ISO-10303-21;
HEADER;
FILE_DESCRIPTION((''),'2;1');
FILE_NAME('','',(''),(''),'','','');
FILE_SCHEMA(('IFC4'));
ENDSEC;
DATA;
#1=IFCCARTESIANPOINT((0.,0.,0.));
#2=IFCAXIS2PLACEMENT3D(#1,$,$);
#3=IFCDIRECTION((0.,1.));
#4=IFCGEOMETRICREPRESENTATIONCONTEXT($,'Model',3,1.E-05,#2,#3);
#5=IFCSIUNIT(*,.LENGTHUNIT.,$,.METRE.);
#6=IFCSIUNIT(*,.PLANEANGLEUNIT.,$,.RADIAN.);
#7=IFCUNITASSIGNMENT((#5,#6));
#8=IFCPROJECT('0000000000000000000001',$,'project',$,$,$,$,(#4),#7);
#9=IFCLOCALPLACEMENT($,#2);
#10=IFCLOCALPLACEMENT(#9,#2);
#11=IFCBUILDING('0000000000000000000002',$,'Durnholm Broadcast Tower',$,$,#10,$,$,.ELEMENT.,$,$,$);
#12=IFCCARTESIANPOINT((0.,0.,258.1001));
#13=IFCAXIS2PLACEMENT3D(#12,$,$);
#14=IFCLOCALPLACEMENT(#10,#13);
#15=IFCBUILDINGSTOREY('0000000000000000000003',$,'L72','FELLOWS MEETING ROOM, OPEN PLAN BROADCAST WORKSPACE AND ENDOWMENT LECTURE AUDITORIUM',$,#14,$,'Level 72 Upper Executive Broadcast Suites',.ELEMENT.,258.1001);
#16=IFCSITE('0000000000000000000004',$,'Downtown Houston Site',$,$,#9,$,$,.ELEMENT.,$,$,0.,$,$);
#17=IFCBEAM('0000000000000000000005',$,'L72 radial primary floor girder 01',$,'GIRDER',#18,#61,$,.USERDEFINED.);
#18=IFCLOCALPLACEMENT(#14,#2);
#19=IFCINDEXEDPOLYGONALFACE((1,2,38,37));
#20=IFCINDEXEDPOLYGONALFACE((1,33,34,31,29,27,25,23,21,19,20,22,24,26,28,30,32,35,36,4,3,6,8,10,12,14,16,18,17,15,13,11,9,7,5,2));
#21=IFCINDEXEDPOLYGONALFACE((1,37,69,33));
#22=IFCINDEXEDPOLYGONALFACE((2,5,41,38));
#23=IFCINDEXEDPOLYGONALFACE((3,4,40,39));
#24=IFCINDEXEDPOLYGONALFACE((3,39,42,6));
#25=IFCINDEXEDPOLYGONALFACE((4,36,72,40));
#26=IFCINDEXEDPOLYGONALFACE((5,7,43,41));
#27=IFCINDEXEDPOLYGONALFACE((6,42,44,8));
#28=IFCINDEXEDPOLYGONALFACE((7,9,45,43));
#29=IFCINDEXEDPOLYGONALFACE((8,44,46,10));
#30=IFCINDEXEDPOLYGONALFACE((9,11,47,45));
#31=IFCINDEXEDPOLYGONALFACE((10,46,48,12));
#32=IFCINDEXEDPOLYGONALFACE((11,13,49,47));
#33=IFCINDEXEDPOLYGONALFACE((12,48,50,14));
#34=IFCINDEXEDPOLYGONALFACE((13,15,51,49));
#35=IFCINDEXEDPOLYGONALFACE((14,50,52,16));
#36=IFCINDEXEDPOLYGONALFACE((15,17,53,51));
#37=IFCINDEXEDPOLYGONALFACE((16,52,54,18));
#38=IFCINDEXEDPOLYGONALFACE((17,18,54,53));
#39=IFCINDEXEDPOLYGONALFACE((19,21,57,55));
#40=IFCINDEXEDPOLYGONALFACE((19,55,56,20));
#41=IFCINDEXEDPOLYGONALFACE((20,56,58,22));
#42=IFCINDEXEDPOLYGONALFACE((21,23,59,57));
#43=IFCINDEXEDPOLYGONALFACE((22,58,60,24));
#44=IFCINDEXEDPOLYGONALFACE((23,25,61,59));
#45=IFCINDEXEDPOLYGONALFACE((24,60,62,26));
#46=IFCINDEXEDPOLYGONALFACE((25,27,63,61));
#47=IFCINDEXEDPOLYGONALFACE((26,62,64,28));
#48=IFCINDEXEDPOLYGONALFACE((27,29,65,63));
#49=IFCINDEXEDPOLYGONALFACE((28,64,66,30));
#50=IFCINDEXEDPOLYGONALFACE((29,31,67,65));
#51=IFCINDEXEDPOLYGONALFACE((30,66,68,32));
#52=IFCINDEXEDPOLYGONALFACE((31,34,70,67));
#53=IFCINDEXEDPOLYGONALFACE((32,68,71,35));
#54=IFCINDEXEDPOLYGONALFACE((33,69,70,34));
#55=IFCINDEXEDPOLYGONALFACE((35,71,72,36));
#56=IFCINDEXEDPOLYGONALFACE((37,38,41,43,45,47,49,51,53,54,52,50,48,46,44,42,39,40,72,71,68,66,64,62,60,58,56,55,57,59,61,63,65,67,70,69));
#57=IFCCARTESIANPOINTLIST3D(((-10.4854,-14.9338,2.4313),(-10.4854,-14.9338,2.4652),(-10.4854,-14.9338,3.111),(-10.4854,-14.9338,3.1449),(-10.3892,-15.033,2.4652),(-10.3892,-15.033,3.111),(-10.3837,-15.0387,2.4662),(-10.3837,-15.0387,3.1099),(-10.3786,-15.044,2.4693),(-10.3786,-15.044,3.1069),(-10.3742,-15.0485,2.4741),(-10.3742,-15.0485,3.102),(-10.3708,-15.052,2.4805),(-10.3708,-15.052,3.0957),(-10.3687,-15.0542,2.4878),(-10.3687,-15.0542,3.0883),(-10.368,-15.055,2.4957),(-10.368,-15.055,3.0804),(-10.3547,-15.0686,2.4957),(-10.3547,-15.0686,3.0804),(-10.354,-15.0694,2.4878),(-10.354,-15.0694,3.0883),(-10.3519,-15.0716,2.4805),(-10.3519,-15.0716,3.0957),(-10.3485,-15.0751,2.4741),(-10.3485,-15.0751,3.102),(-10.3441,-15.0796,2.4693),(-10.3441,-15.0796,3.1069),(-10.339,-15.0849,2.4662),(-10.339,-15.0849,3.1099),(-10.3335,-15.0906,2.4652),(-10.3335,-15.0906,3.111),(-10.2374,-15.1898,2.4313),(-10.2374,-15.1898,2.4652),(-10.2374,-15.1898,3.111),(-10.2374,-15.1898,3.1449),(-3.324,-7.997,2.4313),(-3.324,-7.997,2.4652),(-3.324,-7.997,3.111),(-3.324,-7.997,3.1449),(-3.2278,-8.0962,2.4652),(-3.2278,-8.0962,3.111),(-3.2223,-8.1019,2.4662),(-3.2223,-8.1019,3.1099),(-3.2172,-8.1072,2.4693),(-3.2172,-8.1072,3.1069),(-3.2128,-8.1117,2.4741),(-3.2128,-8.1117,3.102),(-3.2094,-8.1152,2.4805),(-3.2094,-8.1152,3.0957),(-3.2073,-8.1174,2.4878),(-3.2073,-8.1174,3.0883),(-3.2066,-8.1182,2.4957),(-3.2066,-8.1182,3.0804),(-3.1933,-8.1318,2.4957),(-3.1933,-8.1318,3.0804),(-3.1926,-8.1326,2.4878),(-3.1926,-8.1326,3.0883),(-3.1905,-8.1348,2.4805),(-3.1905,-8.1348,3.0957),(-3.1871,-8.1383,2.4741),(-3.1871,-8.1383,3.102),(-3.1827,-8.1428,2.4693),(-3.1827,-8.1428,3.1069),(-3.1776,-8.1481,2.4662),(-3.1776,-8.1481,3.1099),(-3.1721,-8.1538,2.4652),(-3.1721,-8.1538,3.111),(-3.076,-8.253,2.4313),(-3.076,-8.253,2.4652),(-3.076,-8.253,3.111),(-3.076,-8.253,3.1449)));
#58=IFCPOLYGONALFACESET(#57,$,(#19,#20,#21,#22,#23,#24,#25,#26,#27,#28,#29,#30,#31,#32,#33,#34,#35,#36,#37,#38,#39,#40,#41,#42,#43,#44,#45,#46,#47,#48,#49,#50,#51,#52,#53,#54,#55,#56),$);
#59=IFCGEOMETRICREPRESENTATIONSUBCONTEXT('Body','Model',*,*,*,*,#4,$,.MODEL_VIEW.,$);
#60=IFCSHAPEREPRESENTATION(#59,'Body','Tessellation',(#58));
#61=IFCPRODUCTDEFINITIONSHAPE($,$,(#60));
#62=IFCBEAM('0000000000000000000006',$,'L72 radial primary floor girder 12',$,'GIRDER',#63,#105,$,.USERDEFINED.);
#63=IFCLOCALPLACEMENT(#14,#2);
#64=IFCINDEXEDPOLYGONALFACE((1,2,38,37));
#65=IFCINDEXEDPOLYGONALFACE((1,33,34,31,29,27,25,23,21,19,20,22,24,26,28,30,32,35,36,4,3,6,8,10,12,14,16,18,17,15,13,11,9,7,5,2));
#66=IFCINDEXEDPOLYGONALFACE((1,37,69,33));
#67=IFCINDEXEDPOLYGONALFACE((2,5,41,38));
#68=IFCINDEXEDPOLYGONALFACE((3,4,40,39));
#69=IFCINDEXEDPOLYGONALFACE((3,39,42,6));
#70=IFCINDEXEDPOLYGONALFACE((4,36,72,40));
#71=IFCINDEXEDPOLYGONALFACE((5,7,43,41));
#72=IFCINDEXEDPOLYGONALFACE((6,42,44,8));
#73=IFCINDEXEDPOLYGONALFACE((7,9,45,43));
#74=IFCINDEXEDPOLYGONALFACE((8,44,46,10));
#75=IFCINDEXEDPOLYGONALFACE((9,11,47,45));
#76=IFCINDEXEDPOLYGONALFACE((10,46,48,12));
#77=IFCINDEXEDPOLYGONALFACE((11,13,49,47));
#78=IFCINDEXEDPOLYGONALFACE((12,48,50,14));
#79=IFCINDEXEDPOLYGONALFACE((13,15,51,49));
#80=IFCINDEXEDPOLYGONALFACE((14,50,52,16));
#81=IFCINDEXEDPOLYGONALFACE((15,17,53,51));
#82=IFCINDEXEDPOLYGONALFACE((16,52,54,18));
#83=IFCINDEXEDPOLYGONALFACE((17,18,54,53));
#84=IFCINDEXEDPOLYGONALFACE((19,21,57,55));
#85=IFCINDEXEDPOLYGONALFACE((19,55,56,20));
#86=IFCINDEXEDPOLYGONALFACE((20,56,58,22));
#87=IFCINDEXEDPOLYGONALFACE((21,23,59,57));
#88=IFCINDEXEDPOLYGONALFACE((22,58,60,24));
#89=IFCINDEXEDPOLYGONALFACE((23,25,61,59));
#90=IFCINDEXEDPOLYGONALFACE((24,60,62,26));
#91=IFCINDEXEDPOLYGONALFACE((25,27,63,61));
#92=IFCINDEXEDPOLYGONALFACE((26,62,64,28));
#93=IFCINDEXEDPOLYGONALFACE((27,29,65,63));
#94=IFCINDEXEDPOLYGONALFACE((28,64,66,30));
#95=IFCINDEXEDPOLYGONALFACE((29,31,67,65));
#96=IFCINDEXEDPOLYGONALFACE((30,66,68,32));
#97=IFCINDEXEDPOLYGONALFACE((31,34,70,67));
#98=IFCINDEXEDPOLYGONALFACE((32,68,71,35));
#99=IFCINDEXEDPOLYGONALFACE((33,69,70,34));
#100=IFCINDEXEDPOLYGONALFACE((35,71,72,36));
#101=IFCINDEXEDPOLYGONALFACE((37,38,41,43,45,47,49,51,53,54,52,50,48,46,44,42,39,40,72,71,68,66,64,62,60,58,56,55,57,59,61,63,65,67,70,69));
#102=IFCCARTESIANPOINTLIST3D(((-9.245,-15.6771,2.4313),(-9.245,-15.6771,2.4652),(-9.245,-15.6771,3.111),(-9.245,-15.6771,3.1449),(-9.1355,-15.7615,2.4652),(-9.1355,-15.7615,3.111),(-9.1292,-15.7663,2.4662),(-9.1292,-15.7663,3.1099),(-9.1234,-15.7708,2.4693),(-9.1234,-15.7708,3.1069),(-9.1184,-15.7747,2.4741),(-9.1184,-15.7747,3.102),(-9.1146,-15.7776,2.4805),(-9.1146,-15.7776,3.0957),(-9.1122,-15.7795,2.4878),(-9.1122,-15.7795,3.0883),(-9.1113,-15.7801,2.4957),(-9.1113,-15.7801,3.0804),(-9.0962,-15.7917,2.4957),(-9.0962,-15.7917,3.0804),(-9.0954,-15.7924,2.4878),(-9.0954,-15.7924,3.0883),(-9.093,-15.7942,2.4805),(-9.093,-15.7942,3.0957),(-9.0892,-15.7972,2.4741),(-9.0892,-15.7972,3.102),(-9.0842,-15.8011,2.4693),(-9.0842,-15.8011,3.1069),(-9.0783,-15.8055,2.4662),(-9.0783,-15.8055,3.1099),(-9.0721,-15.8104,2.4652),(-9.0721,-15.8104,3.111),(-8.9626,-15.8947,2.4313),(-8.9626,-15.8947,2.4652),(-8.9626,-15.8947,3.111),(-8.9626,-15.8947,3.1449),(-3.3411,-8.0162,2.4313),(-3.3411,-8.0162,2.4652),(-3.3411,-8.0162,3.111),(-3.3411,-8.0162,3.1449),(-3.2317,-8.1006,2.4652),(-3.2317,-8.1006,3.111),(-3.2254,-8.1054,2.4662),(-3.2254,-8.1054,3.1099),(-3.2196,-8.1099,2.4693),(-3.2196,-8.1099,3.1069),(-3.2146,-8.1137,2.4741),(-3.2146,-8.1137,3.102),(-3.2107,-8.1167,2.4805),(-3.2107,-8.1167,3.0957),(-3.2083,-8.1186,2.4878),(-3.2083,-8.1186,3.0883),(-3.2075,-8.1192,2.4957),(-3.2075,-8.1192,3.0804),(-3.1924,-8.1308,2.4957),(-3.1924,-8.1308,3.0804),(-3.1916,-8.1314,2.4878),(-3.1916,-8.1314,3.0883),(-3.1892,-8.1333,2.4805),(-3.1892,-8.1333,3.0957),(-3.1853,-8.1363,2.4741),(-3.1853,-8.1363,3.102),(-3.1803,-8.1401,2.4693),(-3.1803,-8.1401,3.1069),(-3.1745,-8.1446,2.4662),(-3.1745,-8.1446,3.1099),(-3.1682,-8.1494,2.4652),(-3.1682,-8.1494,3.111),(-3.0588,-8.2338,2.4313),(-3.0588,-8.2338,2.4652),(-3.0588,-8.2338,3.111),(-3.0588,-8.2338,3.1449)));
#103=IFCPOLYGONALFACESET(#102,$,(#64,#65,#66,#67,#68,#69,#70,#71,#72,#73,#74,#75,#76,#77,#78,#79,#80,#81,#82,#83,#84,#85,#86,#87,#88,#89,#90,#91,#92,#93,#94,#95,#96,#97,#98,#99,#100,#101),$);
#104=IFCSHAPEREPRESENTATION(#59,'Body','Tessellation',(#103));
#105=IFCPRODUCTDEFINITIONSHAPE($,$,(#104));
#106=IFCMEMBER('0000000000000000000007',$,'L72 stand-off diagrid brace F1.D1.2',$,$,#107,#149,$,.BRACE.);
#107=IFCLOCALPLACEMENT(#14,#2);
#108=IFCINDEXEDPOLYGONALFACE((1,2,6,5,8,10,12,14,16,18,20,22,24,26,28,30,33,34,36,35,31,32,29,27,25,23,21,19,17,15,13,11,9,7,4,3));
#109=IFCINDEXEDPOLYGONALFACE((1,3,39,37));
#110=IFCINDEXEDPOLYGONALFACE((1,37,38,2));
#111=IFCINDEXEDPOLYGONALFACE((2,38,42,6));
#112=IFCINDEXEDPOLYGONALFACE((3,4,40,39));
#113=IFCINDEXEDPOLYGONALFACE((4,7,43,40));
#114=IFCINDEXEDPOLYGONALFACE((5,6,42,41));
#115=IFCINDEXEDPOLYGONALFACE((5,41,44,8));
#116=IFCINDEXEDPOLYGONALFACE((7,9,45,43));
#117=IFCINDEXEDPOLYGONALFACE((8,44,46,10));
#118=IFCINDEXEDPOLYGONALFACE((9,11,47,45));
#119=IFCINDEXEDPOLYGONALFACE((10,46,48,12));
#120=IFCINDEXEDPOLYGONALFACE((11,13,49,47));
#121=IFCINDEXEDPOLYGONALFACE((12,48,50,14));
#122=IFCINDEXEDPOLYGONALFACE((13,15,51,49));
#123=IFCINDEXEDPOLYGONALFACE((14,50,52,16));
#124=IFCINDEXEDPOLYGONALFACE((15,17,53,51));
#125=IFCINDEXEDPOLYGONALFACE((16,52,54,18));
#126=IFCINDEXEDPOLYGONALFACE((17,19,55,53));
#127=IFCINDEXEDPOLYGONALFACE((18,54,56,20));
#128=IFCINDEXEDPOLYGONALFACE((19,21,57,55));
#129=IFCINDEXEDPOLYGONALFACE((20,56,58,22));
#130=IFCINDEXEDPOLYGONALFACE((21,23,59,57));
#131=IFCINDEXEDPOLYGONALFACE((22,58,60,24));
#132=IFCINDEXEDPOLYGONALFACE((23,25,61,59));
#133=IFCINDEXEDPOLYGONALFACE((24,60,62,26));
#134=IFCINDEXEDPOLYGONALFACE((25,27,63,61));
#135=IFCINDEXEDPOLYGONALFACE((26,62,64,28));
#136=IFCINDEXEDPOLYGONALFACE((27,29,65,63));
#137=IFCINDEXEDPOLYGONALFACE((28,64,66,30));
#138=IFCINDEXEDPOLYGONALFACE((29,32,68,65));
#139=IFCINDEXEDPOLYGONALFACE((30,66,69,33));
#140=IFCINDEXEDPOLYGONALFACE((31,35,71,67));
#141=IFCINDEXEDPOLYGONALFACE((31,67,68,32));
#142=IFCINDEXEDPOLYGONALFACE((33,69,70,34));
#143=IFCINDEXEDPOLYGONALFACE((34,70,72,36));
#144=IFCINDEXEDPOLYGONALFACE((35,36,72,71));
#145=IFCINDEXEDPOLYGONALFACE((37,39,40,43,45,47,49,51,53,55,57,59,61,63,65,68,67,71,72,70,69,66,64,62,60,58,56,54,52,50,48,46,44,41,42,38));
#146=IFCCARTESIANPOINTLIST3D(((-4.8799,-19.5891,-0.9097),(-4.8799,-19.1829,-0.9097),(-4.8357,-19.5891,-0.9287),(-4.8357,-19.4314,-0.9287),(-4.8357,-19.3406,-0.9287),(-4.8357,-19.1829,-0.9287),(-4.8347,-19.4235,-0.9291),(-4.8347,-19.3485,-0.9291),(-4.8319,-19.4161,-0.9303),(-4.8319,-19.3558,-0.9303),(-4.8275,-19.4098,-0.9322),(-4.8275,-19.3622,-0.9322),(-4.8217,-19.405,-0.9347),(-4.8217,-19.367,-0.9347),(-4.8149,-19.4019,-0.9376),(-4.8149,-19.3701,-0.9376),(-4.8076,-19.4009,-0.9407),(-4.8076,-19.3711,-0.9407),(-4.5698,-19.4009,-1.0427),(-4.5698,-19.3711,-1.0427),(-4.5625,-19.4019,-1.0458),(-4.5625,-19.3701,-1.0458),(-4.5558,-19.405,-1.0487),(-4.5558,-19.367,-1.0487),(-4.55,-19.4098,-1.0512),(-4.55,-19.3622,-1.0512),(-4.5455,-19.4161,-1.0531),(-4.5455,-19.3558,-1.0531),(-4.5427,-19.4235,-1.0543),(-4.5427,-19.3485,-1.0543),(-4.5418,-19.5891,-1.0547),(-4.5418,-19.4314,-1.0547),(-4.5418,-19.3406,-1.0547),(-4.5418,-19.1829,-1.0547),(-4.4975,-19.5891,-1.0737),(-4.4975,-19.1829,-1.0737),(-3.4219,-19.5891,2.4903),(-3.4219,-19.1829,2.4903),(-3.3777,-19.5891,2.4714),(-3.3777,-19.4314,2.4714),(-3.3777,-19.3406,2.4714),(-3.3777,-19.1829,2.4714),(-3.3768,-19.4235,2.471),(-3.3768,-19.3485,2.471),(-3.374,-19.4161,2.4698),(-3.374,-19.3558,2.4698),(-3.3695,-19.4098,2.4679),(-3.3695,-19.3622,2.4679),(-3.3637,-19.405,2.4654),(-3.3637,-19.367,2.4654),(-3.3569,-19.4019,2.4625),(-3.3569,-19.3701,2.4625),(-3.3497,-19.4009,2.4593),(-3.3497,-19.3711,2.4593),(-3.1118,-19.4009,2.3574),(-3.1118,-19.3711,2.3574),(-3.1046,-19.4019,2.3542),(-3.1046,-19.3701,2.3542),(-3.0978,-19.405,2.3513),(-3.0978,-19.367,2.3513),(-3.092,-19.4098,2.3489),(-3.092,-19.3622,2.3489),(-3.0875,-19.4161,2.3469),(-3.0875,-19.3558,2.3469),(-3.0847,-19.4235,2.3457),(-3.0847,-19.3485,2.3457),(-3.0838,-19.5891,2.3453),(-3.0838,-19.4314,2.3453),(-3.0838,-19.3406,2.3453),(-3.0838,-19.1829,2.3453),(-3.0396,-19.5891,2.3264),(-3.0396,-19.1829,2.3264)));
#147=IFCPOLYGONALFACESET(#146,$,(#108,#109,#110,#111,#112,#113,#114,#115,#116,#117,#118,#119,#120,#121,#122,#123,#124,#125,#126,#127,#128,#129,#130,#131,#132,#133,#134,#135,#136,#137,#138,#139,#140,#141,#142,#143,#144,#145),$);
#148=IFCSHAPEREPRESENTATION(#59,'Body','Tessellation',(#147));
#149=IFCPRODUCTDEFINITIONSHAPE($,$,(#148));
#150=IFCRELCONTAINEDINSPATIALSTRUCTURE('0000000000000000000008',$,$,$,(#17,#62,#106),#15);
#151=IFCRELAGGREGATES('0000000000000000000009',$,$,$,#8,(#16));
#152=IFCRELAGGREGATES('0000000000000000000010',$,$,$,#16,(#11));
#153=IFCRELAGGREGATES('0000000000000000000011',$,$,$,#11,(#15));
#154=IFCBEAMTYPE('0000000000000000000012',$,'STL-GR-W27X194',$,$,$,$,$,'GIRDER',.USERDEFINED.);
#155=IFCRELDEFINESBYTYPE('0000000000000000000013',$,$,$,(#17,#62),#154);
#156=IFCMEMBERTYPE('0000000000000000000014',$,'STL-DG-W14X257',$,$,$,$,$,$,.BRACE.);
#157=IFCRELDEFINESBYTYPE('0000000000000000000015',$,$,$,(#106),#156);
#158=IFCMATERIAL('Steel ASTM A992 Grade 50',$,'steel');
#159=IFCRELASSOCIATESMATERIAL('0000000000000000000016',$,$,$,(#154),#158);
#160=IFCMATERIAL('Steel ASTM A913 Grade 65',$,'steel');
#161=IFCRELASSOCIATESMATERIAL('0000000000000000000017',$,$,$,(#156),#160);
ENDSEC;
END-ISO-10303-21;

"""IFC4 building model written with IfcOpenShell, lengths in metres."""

from ifc_helpers import new_model, si_unit, direction, frame, origin, origin_2d, place, context, subcontext, project, spatial, i_section, extrude, source, transform, mapped, material, material_profile, profile_set, type_object, type_shapes, element, save


model = new_model("IFC4")

# Units and contexts
model_context = context("Model", 3, precision=1e-05, world=origin(), true_north=direction((0.0, 1.0)))
body_context = subcontext(model_context, "Body", "Model", "MODEL_VIEW")
ifc_project = project(units=[si_unit("LENGTHUNIT", "METRE"), si_unit("PLANEANGLEUNIT", "RADIAN")], contexts=[model_context])

# Site, building, storey
site_placement = place(None, origin())
site = spatial("IfcSite", under=ifc_project, at=site_placement, Name="Downtown Houston Site", CompositionType="ELEMENT", RefElevation=0.0)
building_placement = place(site_placement, origin())
building = spatial("IfcBuilding", under=site, at=building_placement, Name="Durnholm Broadcast Tower", CompositionType="ELEMENT")
storey_placement = place(building_placement, frame((0.0, 0.0, 258.1001)))
storey = spatial("IfcBuildingStorey", under=building, at=storey_placement, Name="L72", Description="FELLOWS MEETING ROOM, OPEN PLAN BROADCAST WORKSPACE AND ENDOWMENT LECTURE AUDITORIUM", LongName="Level 72 Upper Executive Broadcast Suites", CompositionType="ELEMENT", Elevation=258.1001)

# Beams
ifc_material_1 = material(Name="Steel ASTM A992 Grade 50", Category="steel")
ifc_material_profile_1 = material_profile(ifc_material_1, i_section(OverallWidth=0.3564, OverallDepth=0.7136, WebThickness=0.019, FlangeThickness=0.0339, FilletRadius=0.0305, at=origin_2d()), Name="W27X194")
ifc_profile_set_1 = profile_set([ifc_material_profile_1], Name="Steel ASTM A992 Grade 50")
beam_type_1 = type_object("IfcBeamType", Name="STL-GR-W27X194", ElementType="GIRDER", PredefinedType="USERDEFINED", material=ifc_profile_set_1)
shared_shape_1 = source(origin(), body_context, "Body", "SweptSolid", [
    extrude(i_section(OverallWidth=0.3564, OverallDepth=0.7136, WebThickness=0.019, FlangeThickness=0.0339, FilletRadius=0.0305, at=origin_2d()), origin(), (0.0, 0.0, 1.0), 9.9702),
])
beam_1_placement = place(storey_placement, frame((-3.2, -8.125, 2.7881), z_axis=(-0.718281, -0.695753, 0.0), x_axis=(0.695753, -0.718281, 0.0)))
element("IfcBeam", 1, at=beam_1_placement, inside=storey, type_object=beam_type_1, Name="L72 radial primary floor girder 01", ObjectType="GIRDER", PredefinedType="USERDEFINED", context=body_context, shape_type="MappedRepresentation", body=[
    mapped(shared_shape_1, transform((0.0, 0.0, 0.0), x_axis=(1.0, 0.0, 0.0), y_axis=(0.0, 1.0, 0.0), z_axis=(0.0, 0.0, 1.0), scale=1.0)),
])
shared_shape_2 = source(origin(), body_context, "Body", "SweptSolid", [
    extrude(i_section(OverallWidth=0.3564, OverallDepth=0.7136, WebThickness=0.019, FlangeThickness=0.0339, FilletRadius=0.0305, at=origin_2d()), origin(), (0.0, 0.0, 1.0), 9.6719),
])
type_shapes(beam_type_1, [shared_shape_1, shared_shape_2])
beam_2_placement = place(storey_placement, frame((-3.2, -8.125, 2.7881), z_axis=(-0.610413, -0.792083, 0.0), x_axis=(0.792083, -0.610413, 0.0)))
element("IfcBeam", 2, at=beam_2_placement, inside=storey, type_object=beam_type_1, Name="L72 radial primary floor girder 12", ObjectType="GIRDER", PredefinedType="USERDEFINED", context=body_context, shape_type="MappedRepresentation", body=[
    mapped(shared_shape_2, transform((0.0, 0.0, 0.0), x_axis=(1.0, 0.0, 0.0), y_axis=(0.0, 1.0, 0.0), z_axis=(0.0, 0.0, 1.0), scale=1.0)),
])

# Member
ifc_material_2 = material(Name="Steel ASTM A913 Grade 65", Category="steel")
ifc_material_profile_2 = material_profile(ifc_material_2, i_section(OverallWidth=0.4062, OverallDepth=0.416, WebThickness=0.0298, FlangeThickness=0.0481, FilletRadius=0.0305, at=origin_2d()), Name="W14X257")
ifc_profile_set_2 = profile_set([ifc_material_profile_2], Name="Steel ASTM A913 Grade 65")
member_type_1 = type_object("IfcMemberType", Name="STL-DG-W14X257", PredefinedType="BRACE", material=ifc_profile_set_2)
shared_shape_3 = source(origin(), body_context, "Body", "SweptSolid", [
    extrude(i_section(OverallWidth=0.4062, OverallDepth=0.416, WebThickness=0.0298, FlangeThickness=0.0481, FilletRadius=0.0305, at=origin_2d()), origin(), (0.0, 0.0, 1.0), 3.6995),
])
member_1_placement = place(storey_placement, frame((-4.6887, -19.386, -0.9917), z_axis=(0.394102, 0.0, 0.919067), x_axis=(0.0, 1.0, 0.0)))
element("IfcMember", 3, at=member_1_placement, inside=storey, type_object=member_type_1, Name="L72 stand-off diagrid brace F1.D1.2", PredefinedType="BRACE", context=body_context, shape_type="MappedRepresentation", body=[
    mapped(shared_shape_3, transform((0.0, 0.0, 0.0), x_axis=(1.0, 0.0, 0.0), y_axis=(0.0, 1.0, 0.0), z_axis=(0.0, 0.0, 1.0), scale=1.0)),
])

save(model, "model.ifc")
